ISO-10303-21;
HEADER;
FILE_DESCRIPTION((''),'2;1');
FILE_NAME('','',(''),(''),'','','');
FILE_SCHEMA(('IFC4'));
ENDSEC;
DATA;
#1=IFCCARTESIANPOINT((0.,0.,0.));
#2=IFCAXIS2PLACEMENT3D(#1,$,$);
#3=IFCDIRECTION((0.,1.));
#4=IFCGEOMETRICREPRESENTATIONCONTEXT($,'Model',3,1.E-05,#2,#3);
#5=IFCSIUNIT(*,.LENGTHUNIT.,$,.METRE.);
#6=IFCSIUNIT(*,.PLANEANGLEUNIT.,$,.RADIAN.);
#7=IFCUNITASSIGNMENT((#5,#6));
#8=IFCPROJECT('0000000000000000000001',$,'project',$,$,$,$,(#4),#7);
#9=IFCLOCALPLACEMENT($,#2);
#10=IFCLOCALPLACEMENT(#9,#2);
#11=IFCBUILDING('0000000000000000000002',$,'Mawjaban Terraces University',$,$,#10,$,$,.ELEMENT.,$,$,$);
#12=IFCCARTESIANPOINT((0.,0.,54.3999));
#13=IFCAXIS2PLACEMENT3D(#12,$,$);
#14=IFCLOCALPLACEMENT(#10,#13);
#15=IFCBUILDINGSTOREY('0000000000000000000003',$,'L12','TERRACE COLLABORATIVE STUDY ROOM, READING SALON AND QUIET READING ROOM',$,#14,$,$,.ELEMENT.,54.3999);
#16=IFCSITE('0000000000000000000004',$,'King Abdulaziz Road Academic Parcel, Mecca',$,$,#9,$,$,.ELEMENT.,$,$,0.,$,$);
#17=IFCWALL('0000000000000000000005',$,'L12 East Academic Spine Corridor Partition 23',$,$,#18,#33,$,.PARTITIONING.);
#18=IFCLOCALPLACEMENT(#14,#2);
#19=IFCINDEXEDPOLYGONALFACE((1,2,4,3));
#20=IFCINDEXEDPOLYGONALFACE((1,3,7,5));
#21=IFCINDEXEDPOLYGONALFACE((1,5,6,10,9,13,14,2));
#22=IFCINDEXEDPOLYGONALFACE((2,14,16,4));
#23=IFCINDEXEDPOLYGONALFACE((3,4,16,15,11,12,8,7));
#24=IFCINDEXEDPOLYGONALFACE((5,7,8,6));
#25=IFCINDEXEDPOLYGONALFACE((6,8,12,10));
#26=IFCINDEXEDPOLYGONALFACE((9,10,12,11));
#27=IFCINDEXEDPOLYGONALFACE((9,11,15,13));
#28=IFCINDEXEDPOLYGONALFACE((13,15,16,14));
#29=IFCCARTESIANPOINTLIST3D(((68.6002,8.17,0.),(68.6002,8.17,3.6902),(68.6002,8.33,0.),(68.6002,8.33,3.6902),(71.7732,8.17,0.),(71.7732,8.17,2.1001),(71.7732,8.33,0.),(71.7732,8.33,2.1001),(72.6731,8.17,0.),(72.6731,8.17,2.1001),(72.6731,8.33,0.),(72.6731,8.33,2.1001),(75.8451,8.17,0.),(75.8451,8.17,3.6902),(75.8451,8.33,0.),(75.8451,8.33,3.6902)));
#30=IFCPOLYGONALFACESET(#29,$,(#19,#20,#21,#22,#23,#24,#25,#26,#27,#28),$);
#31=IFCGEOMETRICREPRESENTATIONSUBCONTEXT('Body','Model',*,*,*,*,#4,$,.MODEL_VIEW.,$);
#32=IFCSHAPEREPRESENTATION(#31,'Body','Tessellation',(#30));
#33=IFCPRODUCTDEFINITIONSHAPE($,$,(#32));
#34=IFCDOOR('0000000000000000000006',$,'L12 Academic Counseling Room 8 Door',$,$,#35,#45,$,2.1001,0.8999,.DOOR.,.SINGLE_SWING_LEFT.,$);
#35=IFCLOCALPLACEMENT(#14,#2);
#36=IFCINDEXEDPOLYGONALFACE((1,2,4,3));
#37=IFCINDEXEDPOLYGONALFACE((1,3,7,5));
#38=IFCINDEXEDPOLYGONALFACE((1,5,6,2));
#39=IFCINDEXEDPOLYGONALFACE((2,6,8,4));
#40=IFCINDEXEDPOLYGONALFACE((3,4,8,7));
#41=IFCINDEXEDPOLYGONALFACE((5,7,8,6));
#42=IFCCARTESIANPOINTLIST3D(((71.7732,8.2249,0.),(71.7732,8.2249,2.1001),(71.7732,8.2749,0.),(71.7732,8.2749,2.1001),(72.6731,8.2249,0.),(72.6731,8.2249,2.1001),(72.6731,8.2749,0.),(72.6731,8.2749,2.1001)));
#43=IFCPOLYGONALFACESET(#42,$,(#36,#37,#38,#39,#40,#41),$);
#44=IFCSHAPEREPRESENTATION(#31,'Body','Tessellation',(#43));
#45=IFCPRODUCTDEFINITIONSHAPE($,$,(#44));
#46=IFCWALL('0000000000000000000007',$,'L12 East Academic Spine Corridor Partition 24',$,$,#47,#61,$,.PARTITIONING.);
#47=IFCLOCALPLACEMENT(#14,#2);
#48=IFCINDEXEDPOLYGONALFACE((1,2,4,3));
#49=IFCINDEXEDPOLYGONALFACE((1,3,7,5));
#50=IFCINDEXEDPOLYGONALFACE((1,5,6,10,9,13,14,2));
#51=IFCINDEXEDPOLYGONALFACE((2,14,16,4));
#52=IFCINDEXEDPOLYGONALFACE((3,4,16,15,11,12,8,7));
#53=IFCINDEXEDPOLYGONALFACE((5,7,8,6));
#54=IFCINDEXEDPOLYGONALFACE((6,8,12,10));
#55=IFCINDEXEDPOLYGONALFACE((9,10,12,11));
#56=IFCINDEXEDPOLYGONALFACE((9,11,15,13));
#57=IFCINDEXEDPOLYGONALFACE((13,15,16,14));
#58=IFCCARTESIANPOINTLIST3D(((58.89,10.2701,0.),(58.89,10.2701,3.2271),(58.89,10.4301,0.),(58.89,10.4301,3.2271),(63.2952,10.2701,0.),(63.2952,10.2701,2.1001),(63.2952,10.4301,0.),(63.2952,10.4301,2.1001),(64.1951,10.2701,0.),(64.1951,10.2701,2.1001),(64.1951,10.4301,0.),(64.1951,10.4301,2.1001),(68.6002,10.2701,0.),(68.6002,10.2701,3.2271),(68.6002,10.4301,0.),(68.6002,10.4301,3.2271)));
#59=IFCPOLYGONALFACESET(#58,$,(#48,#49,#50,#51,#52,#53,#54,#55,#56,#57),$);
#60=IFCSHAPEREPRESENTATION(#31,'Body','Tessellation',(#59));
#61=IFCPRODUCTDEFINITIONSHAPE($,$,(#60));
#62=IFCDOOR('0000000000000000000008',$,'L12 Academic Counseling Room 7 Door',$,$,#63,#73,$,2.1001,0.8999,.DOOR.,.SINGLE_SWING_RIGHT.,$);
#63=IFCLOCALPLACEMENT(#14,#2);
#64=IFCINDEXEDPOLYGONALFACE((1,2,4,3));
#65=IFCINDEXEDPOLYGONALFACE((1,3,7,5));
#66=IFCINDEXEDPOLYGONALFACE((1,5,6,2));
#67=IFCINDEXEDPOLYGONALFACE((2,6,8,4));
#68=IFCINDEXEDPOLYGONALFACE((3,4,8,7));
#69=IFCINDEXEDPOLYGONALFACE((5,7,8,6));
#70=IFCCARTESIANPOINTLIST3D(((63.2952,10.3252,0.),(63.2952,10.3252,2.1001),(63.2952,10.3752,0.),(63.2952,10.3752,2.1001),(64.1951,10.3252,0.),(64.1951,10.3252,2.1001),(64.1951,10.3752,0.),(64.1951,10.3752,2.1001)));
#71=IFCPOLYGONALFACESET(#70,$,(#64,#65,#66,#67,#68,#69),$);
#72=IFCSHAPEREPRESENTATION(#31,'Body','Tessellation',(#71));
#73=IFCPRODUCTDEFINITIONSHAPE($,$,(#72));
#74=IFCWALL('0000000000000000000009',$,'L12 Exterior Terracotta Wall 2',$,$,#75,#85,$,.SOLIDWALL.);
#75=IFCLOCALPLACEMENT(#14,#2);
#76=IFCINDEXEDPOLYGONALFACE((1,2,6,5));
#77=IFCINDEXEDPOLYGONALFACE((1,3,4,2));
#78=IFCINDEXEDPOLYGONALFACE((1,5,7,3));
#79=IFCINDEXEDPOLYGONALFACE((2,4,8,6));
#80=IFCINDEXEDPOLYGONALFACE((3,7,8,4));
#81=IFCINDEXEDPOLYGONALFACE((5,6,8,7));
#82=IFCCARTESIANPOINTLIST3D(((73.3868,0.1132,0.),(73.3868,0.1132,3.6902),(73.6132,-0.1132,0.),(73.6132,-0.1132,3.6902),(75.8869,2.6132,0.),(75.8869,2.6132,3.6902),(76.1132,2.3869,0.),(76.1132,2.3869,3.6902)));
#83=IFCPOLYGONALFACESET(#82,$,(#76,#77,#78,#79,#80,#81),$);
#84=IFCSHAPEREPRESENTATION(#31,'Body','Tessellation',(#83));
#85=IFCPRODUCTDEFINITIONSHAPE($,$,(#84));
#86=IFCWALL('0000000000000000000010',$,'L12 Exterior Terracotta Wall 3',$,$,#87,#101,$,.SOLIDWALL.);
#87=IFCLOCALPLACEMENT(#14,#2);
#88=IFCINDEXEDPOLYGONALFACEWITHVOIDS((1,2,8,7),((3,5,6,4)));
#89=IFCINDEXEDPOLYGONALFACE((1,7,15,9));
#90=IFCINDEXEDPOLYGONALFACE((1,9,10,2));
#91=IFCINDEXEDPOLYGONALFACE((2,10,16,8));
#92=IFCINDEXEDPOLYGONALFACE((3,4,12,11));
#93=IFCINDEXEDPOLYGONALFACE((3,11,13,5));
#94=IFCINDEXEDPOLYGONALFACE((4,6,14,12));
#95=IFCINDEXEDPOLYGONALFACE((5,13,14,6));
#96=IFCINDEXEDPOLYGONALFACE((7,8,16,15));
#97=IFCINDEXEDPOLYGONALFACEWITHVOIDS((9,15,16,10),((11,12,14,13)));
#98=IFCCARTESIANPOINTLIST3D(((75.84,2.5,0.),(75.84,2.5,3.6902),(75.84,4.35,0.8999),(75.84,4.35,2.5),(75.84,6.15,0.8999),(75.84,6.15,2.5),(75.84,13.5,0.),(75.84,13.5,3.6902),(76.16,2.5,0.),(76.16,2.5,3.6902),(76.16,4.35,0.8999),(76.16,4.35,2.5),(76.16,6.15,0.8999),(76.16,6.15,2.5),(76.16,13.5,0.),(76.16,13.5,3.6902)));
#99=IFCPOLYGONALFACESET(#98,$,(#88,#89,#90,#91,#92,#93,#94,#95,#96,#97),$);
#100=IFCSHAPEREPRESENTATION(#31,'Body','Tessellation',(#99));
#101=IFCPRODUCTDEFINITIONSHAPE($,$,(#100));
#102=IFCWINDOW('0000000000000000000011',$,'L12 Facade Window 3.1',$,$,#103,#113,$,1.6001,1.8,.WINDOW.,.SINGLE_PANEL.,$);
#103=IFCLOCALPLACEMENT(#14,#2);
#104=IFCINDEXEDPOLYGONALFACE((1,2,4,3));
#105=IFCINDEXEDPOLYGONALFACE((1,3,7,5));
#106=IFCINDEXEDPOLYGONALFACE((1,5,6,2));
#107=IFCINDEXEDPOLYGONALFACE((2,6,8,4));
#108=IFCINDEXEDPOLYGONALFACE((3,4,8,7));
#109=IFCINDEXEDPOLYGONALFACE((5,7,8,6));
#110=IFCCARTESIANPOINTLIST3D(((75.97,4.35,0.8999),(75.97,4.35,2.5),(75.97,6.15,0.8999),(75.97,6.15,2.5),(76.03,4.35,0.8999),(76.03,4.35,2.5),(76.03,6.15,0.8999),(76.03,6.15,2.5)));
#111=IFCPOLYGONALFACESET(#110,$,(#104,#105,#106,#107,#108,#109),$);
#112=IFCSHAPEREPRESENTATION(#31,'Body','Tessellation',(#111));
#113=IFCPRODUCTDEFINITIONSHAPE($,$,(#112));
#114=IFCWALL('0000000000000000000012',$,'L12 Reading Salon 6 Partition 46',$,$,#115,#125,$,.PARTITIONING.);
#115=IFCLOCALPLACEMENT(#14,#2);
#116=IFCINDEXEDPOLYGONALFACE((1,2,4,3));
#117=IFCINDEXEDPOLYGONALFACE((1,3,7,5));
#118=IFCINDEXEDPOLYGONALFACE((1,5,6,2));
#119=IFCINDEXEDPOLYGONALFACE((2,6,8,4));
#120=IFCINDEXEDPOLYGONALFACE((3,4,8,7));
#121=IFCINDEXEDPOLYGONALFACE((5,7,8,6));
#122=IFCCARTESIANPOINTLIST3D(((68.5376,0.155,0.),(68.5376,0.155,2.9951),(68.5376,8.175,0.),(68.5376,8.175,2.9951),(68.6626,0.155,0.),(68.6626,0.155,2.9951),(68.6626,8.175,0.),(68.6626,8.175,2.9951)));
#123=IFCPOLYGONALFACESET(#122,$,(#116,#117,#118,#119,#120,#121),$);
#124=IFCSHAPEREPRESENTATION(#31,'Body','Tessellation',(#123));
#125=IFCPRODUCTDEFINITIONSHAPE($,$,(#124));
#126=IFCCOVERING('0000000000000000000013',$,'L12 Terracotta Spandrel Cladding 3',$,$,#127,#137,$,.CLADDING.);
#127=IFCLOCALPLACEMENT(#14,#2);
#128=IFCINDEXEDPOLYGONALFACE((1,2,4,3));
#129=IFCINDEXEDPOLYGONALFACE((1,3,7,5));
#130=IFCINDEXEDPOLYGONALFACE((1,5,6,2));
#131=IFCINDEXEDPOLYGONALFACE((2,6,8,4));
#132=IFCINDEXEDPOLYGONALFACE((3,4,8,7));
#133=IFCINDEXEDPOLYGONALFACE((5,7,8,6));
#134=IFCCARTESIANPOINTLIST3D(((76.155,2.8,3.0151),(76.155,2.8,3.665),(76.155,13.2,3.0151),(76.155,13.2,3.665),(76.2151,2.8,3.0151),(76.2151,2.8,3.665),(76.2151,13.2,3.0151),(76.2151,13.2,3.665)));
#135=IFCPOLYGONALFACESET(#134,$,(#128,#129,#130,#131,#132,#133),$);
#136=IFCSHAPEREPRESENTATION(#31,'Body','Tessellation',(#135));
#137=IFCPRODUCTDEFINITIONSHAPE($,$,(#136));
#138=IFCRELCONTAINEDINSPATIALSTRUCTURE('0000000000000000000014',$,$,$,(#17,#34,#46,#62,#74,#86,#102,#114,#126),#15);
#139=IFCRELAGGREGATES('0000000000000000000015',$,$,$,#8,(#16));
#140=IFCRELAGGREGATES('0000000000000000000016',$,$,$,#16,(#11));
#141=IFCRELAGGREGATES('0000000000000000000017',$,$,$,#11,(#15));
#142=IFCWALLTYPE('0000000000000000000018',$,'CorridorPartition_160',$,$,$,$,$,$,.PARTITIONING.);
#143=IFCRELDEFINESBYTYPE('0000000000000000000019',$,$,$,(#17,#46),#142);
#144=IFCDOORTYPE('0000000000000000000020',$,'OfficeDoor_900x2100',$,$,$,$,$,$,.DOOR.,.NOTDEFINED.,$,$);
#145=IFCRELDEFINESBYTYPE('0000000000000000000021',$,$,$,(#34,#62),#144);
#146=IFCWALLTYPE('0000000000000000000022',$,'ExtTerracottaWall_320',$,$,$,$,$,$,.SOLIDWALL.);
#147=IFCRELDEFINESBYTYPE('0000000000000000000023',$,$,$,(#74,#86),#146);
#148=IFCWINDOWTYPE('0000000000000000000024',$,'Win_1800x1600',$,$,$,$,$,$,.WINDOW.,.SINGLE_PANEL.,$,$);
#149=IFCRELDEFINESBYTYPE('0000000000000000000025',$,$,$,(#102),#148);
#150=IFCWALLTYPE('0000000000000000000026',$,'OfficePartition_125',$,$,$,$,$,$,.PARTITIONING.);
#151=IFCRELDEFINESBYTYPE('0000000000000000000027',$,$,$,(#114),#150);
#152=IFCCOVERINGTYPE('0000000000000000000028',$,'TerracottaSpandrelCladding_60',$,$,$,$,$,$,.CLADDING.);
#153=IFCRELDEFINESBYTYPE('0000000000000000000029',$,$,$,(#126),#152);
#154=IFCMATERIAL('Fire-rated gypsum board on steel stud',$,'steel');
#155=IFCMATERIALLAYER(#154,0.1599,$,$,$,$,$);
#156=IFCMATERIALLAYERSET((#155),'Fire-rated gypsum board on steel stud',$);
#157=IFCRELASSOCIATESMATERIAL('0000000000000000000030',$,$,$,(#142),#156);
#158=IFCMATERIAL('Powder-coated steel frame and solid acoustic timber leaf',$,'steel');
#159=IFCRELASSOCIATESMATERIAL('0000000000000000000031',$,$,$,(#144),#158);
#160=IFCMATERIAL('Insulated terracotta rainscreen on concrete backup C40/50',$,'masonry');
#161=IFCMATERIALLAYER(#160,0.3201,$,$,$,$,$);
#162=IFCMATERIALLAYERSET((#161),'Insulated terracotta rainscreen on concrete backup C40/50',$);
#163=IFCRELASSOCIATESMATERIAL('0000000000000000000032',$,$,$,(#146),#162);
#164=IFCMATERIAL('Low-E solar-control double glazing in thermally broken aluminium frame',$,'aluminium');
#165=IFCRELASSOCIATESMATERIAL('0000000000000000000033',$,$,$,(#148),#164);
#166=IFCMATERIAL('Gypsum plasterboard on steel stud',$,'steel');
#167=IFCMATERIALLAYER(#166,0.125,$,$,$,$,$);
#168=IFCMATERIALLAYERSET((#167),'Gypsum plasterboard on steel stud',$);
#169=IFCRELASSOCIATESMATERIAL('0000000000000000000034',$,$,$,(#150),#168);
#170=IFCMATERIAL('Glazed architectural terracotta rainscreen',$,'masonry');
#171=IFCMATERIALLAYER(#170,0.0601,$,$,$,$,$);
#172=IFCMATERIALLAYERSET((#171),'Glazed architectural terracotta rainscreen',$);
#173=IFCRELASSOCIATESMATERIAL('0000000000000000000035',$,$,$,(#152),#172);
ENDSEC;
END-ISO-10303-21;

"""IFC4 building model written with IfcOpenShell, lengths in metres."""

from ifc_helpers import new_model, si_unit, direction, frame, frame_2d, origin, origin_2d, place, context, subcontext, project, spatial, rectangle, extrude, material, layer, layer_set, type_object, element, fill, save


model = new_model("IFC4")

# Units and contexts
model_context = context("Model", 3, precision=1e-05, world=origin(), true_north=direction((0.0, 1.0)))
body_context = subcontext(model_context, "Body", "Model", "MODEL_VIEW")
ifc_project = project(units=[si_unit("LENGTHUNIT", "METRE"), si_unit("PLANEANGLEUNIT", "RADIAN")], contexts=[model_context])

# Site, building, storey
site_placement = place(None, origin())
site = spatial("IfcSite", under=ifc_project, at=site_placement, Name="King Abdulaziz Road Academic Parcel, Mecca", CompositionType="ELEMENT", RefElevation=0.0)
building_placement = place(site_placement, origin())
building = spatial("IfcBuilding", under=site, at=building_placement, Name="Mawjaban Terraces University", CompositionType="ELEMENT")
storey_placement = place(building_placement, frame((0.0, 0.0, 54.3999)))
storey = spatial("IfcBuildingStorey", under=building, at=storey_placement, Name="L12", Description="TERRACE COLLABORATIVE STUDY ROOM, READING SALON AND QUIET READING ROOM", CompositionType="ELEMENT", Elevation=54.3999)

# Walls, openings, doors
ifc_material_1 = material(Name="Fire-rated gypsum board on steel stud", Category="steel")
ifc_layer_1 = layer(ifc_material_1, 0.1599)
ifc_layer_set_1 = layer_set([ifc_layer_1], Name="Fire-rated gypsum board on steel stud")
wall_type_1 = type_object("IfcWallType", Name="CorridorPartition_160", PredefinedType="PARTITIONING", material=ifc_layer_set_1)
ifc_material_2 = material(Name="Powder-coated steel frame and solid acoustic timber leaf", Category="steel")
door_type = type_object("IfcDoorType", Name="OfficeDoor_900x2100", OperationType="NOTDEFINED", PredefinedType="DOOR", material=ifc_material_2)
wall_1_placement = place(storey_placement, frame((68.6001, 8.25, 0.0), z_axis=(0.0, 0.0, 1.0), x_axis=(1.0, 0.0, 0.0)))
wall_1 = element("IfcWall", 1, at=wall_1_placement, inside=storey, type_object=wall_type_1, Name="L12 East Academic Spine Corridor Partition 23", PredefinedType="PARTITIONING", context=body_context, shape_type="SweptSolid", body=[
    extrude(rectangle(XDim=7.2449, YDim=0.1599, at=frame_2d((3.6226, 0.0))), origin(), (0.0, 0.0, 1.0), 3.6902),
])
opening_1_placement = place(wall_1_placement, frame((3.1731, 0.0, 0.0)))
opening_1 = element("IfcOpeningElement", 2, at=opening_1_placement, cuts=wall_1, PredefinedType="OPENING", context=body_context, shape_type="SweptSolid", body=[
    extrude(rectangle(XDim=0.8999, YDim=2.1001, at=frame_2d((0.45, 1.05))), frame((0.0, 0.0898, 0.0), z_axis=(0.0, -1.0, 0.0), x_axis=(1.0, 0.0, 0.0)), (0.0, 0.0, 1.0), 0.1799),
])
door_1_placement = place(opening_1_placement, origin())
door_1 = element("IfcDoor", 3, at=door_1_placement, inside=storey, type_object=door_type, Name="L12 Academic Counseling Room 8 Door", OperationType="SINGLE_SWING_LEFT", OverallHeight=2.1001, OverallWidth=0.8999, PredefinedType="DOOR", context=body_context, shape_type="SweptSolid", body=[
    extrude(rectangle(XDim=0.8999, YDim=2.1001, at=frame_2d((0.45, 1.05))), frame((0.0, 0.0249, 0.0), z_axis=(0.0, -1.0, 0.0), x_axis=(1.0, 0.0, 0.0)), (0.0, 0.0, 1.0), 0.05),
])
fill(opening_1, door_1)
wall_2_placement = place(storey_placement, frame((68.6001, 10.3501, 0.0), z_axis=(0.0, 0.0, 1.0), x_axis=(-1.0, 0.0, 0.0)))
wall_2 = element("IfcWall", 4, at=wall_2_placement, inside=storey, type_object=wall_type_1, Name="L12 East Academic Spine Corridor Partition 24", PredefinedType="PARTITIONING", context=body_context, shape_type="SweptSolid", body=[
    extrude(rectangle(XDim=9.7102, YDim=0.1599, at=frame_2d((4.855, 0.0))), origin(), (0.0, 0.0, 1.0), 3.2271),
])
opening_2_placement = place(wall_2_placement, frame((4.405, 0.0, 0.0)))
opening_2 = element("IfcOpeningElement", 5, at=opening_2_placement, cuts=wall_2, PredefinedType="OPENING", context=body_context, shape_type="SweptSolid", body=[
    extrude(rectangle(XDim=0.8999, YDim=2.1001, at=frame_2d((0.45, 1.05))), frame((0.0, 0.0898, 0.0), z_axis=(0.0, -1.0, 0.0), x_axis=(1.0, 0.0, 0.0)), (0.0, 0.0, 1.0), 0.1799),
])
door_2_placement = place(opening_2_placement, origin())
door_2 = element("IfcDoor", 6, at=door_2_placement, inside=storey, type_object=door_type, Name="L12 Academic Counseling Room 7 Door", OperationType="SINGLE_SWING_RIGHT", OverallHeight=2.1001, OverallWidth=0.8999, PredefinedType="DOOR", context=body_context, shape_type="SweptSolid", body=[
    extrude(rectangle(XDim=0.8999, YDim=2.1001, at=frame_2d((0.45, 1.05))), frame((0.0, 0.0249, 0.0), z_axis=(0.0, -1.0, 0.0), x_axis=(1.0, 0.0, 0.0)), (0.0, 0.0, 1.0), 0.05),
])
fill(opening_2, door_2)

# Wall
ifc_material_3 = material(Name="Insulated terracotta rainscreen on concrete backup C40/50", Category="masonry")
ifc_layer_2 = layer(ifc_material_3, 0.3201)
ifc_layer_set_2 = layer_set([ifc_layer_2], Name="Insulated terracotta rainscreen on concrete backup C40/50")
wall_type_2 = type_object("IfcWallType", Name="ExtTerracottaWall_320", PredefinedType="SOLIDWALL", material=ifc_layer_set_2)
wall_3_placement = place(storey_placement, frame((73.5, 0.0, 0.0), z_axis=(0.0, 0.0, 1.0), x_axis=(0.707107, 0.707107, 0.0)))
element("IfcWall", 7, at=wall_3_placement, inside=storey, type_object=wall_type_2, Name="L12 Exterior Terracotta Wall 2", PredefinedType="SOLIDWALL", context=body_context, shape_type="SweptSolid", body=[
    extrude(rectangle(XDim=3.5356, YDim=0.3201, at=frame_2d((1.7678, 0.0))), origin(), (0.0, 0.0, 1.0), 3.6902),
])

# Wall, opening, window
wall_4_placement = place(storey_placement, frame((76.0, 2.5, 0.0), z_axis=(0.0, 0.0, 1.0), x_axis=(0.0, 1.0, 0.0)))
wall_4 = element("IfcWall", 8, at=wall_4_placement, inside=storey, type_object=wall_type_2, Name="L12 Exterior Terracotta Wall 3", PredefinedType="SOLIDWALL", context=body_context, shape_type="SweptSolid", body=[
    extrude(rectangle(XDim=11.0, YDim=0.3201, at=frame_2d((5.5, 0.0))), origin(), (0.0, 0.0, 1.0), 3.6902),
])
opening_3_placement = place(wall_4_placement, frame((1.8501, 0.0, 0.8999)))
opening_3 = element("IfcOpeningElement", 9, at=opening_3_placement, cuts=wall_4, PredefinedType="OPENING", context=body_context, shape_type="SweptSolid", body=[
    extrude(rectangle(XDim=1.8, YDim=1.6001, at=frame_2d((0.8999, 0.8))), frame((0.0, 0.1699, 0.0), z_axis=(0.0, -1.0, 0.0), x_axis=(1.0, 0.0, 0.0)), (0.0, 0.0, 1.0), 0.3401),
])
ifc_material_4 = material(Name="Low-E solar-control double glazing in thermally broken aluminium frame", Category="aluminium")
window_type = type_object("IfcWindowType", Name="Win_1800x1600", PartitioningType="SINGLE_PANEL", PredefinedType="WINDOW", material=ifc_material_4)
window_placement = place(opening_3_placement, origin())
window = element("IfcWindow", 10, at=window_placement, inside=storey, type_object=window_type, Name="L12 Facade Window 3.1", OverallHeight=1.6001, OverallWidth=1.8, PartitioningType="SINGLE_PANEL", PredefinedType="WINDOW", context=body_context, shape_type="SweptSolid", body=[
    extrude(rectangle(XDim=1.8, YDim=1.6001, at=frame_2d((0.8999, 0.8))), frame((0.0, 0.03, 0.0), z_axis=(0.0, -1.0, 0.0), x_axis=(1.0, 0.0, 0.0)), (0.0, 0.0, 1.0), 0.0601),
])
fill(opening_3, window)

# Wall
ifc_material_5 = material(Name="Gypsum plasterboard on steel stud", Category="steel")
ifc_layer_3 = layer(ifc_material_5, 0.125)
ifc_layer_set_3 = layer_set([ifc_layer_3], Name="Gypsum plasterboard on steel stud")
wall_type_3 = type_object("IfcWallType", Name="OfficePartition_125", PredefinedType="PARTITIONING", material=ifc_layer_set_3)
wall_5_placement = place(storey_placement, frame((68.6001, 0.155, 0.0), z_axis=(0.0, 0.0, 1.0), x_axis=(0.0, 1.0, 0.0)))
element("IfcWall", 11, at=wall_5_placement, inside=storey, type_object=wall_type_3, Name="L12 Reading Salon 6 Partition 46", PredefinedType="PARTITIONING", context=body_context, shape_type="SweptSolid", body=[
    extrude(rectangle(XDim=8.02, YDim=0.125, at=frame_2d((4.01, 0.0))), origin(), (0.0, 0.0, 1.0), 2.9951),
])

# Covering
ifc_material_6 = material(Name="Glazed architectural terracotta rainscreen", Category="masonry")
ifc_layer_4 = layer(ifc_material_6, 0.0601)
ifc_layer_set_4 = layer_set([ifc_layer_4], Name="Glazed architectural terracotta rainscreen")
covering_type = type_object("IfcCoveringType", Name="TerracottaSpandrelCladding_60", PredefinedType="CLADDING", material=ifc_layer_set_4)
covering_placement = place(storey_placement, frame((76.1851, 8.0, 3.0151), z_axis=(0.0, 0.0, 1.0), x_axis=(0.0, 1.0, 0.0)))
element("IfcCovering", 12, at=covering_placement, inside=storey, type_object=covering_type, Name="L12 Terracotta Spandrel Cladding 3", PredefinedType="CLADDING", context=body_context, shape_type="SweptSolid", body=[
    extrude(rectangle(XDim=10.3999, YDim=0.0601, at=origin_2d()), origin(), (0.0, 0.0, 1.0), 0.6499),
])

save(model, "model.ifc")
